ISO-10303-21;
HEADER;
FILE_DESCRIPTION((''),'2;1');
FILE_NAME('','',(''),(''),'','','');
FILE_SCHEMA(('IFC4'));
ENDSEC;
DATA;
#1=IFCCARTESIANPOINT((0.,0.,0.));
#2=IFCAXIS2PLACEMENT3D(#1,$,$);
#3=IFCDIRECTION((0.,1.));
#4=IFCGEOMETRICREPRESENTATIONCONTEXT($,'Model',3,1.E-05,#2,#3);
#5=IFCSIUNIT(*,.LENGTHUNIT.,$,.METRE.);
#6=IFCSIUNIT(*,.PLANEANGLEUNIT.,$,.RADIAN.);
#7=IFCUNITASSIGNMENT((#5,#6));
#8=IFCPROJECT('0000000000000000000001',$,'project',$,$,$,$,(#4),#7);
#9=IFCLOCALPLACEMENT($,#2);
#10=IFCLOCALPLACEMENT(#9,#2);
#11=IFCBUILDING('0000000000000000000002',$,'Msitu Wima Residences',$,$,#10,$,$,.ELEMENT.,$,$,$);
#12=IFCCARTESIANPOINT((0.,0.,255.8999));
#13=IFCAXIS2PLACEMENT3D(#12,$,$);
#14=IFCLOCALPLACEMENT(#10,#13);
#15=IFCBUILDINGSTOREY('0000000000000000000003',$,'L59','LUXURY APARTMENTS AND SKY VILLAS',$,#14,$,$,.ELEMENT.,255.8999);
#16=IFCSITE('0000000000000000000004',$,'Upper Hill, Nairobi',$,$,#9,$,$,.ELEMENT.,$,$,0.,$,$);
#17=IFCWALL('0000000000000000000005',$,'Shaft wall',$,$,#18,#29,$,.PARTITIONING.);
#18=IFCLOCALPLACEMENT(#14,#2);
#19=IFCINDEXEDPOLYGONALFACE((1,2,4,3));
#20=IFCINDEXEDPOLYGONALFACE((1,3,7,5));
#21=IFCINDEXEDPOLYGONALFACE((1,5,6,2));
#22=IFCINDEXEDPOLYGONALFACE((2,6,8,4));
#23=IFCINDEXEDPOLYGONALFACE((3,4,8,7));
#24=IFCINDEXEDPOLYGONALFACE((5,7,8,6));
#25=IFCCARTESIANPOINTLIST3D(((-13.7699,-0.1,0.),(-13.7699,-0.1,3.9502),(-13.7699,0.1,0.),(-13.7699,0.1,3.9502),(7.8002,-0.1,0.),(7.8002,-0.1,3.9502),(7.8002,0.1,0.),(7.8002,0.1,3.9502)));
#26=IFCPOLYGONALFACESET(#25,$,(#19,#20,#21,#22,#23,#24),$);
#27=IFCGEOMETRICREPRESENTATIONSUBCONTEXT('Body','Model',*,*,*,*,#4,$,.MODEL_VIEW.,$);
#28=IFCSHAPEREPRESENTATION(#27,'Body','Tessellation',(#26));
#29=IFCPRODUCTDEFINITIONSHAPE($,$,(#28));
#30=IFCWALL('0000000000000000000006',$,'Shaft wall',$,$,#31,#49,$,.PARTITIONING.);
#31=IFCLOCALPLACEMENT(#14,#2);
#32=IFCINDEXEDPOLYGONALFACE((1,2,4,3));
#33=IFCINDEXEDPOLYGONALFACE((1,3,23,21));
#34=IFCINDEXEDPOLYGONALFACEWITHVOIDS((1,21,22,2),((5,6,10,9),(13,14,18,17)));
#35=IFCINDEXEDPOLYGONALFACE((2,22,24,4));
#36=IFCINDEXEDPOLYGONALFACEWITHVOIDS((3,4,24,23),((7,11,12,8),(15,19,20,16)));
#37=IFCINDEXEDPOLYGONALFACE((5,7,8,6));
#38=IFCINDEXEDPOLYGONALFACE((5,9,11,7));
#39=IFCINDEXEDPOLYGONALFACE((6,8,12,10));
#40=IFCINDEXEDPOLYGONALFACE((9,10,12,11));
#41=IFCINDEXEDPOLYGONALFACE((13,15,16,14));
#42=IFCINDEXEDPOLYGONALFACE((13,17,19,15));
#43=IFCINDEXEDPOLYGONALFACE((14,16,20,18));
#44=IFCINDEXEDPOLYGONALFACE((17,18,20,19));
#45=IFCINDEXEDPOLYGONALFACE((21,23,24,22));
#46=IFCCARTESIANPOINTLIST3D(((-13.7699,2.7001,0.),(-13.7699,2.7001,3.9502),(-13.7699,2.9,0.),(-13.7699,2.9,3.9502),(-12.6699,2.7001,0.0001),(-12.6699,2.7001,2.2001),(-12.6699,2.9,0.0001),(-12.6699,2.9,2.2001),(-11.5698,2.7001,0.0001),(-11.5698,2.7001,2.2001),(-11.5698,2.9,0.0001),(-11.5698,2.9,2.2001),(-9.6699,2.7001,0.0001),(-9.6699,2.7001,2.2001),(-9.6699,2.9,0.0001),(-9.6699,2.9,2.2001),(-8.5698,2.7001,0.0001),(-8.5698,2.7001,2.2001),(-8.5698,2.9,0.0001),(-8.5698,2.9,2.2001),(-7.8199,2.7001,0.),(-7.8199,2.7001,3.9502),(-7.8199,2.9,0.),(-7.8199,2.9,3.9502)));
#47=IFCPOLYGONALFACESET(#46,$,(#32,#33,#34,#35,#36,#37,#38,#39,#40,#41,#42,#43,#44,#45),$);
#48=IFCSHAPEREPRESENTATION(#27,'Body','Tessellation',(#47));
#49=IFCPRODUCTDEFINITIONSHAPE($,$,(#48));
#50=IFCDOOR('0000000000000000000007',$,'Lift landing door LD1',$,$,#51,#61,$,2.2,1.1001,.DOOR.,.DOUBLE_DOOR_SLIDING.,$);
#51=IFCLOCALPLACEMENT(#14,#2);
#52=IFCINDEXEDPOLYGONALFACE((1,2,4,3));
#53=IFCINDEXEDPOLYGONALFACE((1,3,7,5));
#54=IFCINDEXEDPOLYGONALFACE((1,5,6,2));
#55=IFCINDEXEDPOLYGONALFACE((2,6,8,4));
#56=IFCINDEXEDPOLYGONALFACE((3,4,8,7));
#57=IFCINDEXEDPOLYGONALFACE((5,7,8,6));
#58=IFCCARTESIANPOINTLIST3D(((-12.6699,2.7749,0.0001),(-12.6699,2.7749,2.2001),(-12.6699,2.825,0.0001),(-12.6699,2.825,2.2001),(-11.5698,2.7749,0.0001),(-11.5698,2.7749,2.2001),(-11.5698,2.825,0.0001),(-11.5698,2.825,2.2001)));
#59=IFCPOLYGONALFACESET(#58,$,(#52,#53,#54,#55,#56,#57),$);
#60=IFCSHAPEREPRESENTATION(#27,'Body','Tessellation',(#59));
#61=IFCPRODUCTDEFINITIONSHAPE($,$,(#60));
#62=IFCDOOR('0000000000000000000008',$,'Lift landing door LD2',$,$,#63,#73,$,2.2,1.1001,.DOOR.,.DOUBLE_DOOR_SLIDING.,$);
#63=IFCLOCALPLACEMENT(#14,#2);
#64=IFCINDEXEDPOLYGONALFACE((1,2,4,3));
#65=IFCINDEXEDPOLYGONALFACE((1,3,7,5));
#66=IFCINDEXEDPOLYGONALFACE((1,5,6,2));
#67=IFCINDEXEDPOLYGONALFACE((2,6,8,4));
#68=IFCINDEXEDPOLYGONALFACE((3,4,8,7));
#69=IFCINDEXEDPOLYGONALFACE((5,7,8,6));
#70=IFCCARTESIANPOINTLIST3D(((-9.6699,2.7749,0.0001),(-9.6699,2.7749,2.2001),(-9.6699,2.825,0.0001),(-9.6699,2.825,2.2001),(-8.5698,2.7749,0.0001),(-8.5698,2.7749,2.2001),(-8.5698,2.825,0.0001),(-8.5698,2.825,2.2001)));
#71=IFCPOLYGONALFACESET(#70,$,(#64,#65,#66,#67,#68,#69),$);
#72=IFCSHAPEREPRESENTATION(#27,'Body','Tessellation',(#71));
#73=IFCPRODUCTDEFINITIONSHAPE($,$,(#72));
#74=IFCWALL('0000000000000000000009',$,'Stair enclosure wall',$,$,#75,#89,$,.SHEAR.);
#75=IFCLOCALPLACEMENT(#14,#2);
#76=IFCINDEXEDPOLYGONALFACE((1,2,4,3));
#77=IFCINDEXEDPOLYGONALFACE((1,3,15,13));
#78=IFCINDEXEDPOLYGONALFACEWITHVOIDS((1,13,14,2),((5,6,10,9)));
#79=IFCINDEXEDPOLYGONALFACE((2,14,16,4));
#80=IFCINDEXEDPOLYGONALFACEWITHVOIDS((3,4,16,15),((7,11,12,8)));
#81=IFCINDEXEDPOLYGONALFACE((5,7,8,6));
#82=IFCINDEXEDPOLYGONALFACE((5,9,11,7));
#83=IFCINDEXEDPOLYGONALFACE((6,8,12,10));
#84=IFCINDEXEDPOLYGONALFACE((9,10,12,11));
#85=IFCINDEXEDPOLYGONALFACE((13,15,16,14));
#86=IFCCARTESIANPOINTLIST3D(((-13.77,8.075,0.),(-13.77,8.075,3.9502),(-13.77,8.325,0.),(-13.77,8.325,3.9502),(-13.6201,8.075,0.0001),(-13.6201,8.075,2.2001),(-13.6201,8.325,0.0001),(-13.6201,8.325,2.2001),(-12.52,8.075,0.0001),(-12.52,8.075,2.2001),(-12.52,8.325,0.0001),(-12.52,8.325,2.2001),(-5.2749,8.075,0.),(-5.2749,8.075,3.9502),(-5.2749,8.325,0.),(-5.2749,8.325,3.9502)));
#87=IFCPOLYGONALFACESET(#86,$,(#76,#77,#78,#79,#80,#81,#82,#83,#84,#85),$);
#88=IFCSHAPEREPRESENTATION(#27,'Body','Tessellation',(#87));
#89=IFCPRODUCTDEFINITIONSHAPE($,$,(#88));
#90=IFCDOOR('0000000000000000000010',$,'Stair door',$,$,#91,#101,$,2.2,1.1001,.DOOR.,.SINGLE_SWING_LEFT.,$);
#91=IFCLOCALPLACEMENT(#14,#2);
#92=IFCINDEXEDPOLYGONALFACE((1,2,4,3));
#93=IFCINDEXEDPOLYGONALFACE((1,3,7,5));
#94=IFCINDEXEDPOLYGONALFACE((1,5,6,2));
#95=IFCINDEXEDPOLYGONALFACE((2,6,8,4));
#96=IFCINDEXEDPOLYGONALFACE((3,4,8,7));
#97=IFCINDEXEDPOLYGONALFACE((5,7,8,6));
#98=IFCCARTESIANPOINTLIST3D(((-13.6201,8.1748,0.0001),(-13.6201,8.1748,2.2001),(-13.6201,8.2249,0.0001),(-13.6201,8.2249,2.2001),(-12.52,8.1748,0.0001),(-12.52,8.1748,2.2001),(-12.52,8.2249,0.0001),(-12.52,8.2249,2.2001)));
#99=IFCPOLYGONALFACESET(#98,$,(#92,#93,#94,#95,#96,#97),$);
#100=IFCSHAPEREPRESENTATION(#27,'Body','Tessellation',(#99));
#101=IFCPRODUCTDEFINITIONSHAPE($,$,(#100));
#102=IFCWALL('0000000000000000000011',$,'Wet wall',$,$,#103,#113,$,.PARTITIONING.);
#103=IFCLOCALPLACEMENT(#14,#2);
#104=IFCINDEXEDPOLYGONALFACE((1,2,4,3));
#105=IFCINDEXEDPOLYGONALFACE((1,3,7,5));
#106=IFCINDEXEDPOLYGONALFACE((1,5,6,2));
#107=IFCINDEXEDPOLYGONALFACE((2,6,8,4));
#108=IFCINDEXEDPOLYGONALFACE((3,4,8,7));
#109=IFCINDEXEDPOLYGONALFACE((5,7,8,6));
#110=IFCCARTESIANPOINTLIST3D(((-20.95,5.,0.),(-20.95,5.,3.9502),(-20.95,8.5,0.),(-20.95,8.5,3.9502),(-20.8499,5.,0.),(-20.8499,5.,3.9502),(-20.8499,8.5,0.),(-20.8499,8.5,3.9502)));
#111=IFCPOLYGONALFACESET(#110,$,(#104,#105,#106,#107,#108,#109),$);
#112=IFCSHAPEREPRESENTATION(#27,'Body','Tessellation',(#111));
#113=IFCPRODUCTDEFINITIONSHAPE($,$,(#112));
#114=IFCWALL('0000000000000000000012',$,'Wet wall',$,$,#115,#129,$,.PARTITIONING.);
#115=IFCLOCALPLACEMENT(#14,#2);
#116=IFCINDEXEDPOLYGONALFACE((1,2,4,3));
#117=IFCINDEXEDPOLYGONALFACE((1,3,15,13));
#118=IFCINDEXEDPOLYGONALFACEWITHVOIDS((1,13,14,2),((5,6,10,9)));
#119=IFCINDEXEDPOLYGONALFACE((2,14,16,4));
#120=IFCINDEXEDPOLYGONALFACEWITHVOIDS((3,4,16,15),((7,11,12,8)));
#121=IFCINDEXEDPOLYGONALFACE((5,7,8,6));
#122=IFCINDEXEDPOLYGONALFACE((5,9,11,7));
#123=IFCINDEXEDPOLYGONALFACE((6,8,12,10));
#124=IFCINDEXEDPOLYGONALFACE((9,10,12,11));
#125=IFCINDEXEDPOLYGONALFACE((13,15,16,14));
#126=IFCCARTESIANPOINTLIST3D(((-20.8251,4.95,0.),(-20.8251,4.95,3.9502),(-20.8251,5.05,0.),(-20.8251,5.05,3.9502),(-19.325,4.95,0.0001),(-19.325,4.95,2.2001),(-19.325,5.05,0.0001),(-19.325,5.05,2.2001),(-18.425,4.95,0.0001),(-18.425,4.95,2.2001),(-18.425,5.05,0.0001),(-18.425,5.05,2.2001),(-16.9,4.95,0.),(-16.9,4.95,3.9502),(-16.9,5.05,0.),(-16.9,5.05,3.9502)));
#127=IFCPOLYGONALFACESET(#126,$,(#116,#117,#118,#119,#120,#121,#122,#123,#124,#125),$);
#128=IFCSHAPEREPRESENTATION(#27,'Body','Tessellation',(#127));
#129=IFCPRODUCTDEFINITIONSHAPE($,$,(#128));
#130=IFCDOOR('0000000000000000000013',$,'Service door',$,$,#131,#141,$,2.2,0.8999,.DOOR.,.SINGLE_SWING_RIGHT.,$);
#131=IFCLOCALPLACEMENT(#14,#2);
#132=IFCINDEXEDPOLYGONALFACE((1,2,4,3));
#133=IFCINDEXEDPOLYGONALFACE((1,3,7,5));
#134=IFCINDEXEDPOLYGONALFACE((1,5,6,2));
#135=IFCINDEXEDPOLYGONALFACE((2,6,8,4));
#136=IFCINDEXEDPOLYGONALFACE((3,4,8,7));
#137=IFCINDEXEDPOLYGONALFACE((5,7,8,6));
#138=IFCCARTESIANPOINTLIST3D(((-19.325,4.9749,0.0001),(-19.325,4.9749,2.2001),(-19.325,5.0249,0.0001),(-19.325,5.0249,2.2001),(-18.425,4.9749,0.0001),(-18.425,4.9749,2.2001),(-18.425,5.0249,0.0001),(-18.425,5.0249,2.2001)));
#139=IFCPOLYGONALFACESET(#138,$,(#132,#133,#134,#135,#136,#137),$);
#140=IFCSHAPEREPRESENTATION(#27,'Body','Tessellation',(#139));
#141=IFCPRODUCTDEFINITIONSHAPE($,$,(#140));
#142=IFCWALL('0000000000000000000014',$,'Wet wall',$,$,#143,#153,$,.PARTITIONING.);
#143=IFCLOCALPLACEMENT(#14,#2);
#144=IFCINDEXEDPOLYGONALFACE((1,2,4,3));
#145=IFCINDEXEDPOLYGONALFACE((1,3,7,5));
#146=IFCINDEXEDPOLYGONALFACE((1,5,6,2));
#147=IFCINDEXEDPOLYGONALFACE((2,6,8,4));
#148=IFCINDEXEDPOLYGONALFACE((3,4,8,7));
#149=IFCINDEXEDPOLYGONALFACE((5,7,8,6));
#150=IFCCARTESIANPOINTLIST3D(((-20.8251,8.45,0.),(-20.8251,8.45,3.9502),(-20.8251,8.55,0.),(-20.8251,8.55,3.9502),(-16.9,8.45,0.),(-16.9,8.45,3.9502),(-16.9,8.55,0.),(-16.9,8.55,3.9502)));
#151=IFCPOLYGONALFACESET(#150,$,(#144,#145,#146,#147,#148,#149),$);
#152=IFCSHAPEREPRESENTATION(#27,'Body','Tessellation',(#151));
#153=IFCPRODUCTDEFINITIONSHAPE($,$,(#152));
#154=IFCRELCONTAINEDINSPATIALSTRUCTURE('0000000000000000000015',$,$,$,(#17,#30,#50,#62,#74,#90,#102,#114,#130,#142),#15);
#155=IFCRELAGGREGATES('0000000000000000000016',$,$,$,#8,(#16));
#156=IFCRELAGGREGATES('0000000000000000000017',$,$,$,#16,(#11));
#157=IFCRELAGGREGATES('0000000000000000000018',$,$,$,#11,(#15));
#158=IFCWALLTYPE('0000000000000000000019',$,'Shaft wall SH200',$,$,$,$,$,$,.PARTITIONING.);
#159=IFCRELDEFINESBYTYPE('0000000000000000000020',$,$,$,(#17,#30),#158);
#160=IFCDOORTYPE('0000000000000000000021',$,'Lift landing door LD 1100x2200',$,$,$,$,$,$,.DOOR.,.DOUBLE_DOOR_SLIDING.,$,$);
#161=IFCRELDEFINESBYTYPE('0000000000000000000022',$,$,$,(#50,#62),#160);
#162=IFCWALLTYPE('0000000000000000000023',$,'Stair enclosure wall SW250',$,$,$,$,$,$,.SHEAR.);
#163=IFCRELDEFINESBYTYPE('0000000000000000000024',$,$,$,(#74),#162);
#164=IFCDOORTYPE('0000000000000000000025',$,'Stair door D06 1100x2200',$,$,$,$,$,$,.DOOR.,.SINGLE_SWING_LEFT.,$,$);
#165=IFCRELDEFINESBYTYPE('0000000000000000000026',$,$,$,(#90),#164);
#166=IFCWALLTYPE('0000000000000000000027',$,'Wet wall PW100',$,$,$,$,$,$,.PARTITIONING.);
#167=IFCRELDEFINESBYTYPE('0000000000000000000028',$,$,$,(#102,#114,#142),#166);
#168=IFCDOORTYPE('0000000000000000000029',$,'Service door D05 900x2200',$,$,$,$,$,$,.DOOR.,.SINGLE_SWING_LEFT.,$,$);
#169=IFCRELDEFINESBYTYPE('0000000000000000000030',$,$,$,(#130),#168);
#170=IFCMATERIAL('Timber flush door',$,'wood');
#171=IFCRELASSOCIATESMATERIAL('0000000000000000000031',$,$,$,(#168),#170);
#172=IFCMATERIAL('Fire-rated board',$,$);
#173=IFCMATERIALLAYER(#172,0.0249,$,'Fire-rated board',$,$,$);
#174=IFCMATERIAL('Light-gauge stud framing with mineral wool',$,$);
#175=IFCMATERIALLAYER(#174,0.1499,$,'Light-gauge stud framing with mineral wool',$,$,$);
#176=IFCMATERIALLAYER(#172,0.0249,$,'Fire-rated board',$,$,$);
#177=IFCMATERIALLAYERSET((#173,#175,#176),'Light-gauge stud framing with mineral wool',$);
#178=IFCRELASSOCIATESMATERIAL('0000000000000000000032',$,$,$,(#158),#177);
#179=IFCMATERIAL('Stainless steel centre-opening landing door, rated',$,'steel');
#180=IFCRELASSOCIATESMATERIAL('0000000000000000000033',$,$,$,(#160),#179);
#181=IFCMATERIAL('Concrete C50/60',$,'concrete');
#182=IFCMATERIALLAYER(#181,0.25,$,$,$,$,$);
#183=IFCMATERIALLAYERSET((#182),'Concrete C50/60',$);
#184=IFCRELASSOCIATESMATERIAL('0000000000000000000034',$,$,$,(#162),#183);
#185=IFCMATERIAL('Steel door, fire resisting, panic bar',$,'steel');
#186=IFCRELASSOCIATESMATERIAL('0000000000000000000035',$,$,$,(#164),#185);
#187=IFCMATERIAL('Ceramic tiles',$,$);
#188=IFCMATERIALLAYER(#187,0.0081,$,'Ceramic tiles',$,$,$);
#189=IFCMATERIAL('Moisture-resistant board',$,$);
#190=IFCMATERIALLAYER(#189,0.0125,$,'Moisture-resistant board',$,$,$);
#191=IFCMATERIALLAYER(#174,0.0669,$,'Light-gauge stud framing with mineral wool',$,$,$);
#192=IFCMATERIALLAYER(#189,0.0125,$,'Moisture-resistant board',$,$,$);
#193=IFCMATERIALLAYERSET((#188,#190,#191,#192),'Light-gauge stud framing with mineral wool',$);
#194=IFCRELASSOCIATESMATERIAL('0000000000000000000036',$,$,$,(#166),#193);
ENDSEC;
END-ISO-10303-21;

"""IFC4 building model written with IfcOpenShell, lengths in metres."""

from ifc_helpers import new_model, si_unit, direction, frame, frame_2d, origin, place, context, subcontext, project, spatial, rectangle, extrude, material, layer, layer_set, type_object, element, fill, save


model = new_model("IFC4")

# Units and contexts
model_context = context("Model", 3, precision=1e-05, world=origin(), true_north=direction((0.0, 1.0)))
body_context = subcontext(model_context, "Body", "Model", "MODEL_VIEW")
ifc_project = project(units=[si_unit("LENGTHUNIT", "METRE"), si_unit("PLANEANGLEUNIT", "RADIAN")], contexts=[model_context])

# Site, building, storey
site_placement = place(None, origin())
site = spatial("IfcSite", under=ifc_project, at=site_placement, Name="Upper Hill, Nairobi", CompositionType="ELEMENT", RefElevation=0.0)
building_placement = place(site_placement, origin())
building = spatial("IfcBuilding", under=site, at=building_placement, Name="Msitu Wima Residences", CompositionType="ELEMENT")
storey_placement = place(building_placement, frame((0.0, 0.0, 255.8999)))
storey = spatial("IfcBuildingStorey", under=building, at=storey_placement, Name="L59", Description="LUXURY APARTMENTS AND SKY VILLAS", CompositionType="ELEMENT", Elevation=255.8999)

# Shared definitions
ifc_material_1 = material(Name="Concrete C50/60", Category="concrete")

# Shared definitions
ifc_material_2 = material(Name="Timber flush door", Category="wood")
door_type_1 = type_object("IfcDoorType", Name="Service door D05 900x2200", OperationType="SINGLE_SWING_LEFT", PredefinedType="DOOR", material=ifc_material_2)

# Wall
ifc_material_3 = material(Name="Fire-rated board")
ifc_layer_1 = layer(ifc_material_3, 0.0249, Name="Fire-rated board")
ifc_material_4 = material(Name="Light-gauge stud framing with mineral wool")
ifc_layer_2 = layer(ifc_material_4, 0.1499, Name="Light-gauge stud framing with mineral wool")
ifc_layer_3 = layer(ifc_material_3, 0.0249, Name="Fire-rated board")
ifc_layer_set_1 = layer_set([ifc_layer_1, ifc_layer_2, ifc_layer_3], Name="Light-gauge stud framing with mineral wool")
wall_type_1 = type_object("IfcWallType", Name="Shaft wall SH200", PredefinedType="PARTITIONING", material=ifc_layer_set_1)
wall_1_placement = place(storey_placement, frame((-13.77, 0.0, 0.0), z_axis=(0.0, 0.0, 1.0), x_axis=(1.0, 0.0, 0.0)))
element("IfcWall", 1, at=wall_1_placement, inside=storey, type_object=wall_type_1, Name="Shaft wall", PredefinedType="PARTITIONING", context=body_context, shape_type="SweptSolid", body=[
    extrude(rectangle(XDim=21.5701, YDim=0.2, at=frame_2d((10.7852, 0.0))), origin(), (0.0, 0.0, 1.0), 3.9502),
])

# Wall, openings, doors
wall_2_placement = place(storey_placement, frame((-13.77, 2.8, 0.0), z_axis=(0.0, 0.0, 1.0), x_axis=(1.0, 0.0, 0.0)))
wall_2 = element("IfcWall", 2, at=wall_2_placement, inside=storey, type_object=wall_type_1, Name="Shaft wall", PredefinedType="PARTITIONING", context=body_context, shape_type="SweptSolid", body=[
    extrude(rectangle(XDim=5.95, YDim=0.2, at=frame_2d((2.9751, 0.0))), origin(), (0.0, 0.0, 1.0), 3.9502),
])
opening_1_placement = place(wall_2_placement, frame((1.1001, 0.0, 0.0)))
opening_1 = element("IfcOpeningElement", 3, at=opening_1_placement, cuts=wall_2, PredefinedType="OPENING", context=body_context, shape_type="SweptSolid", body=[
    extrude(rectangle(XDim=1.1001, YDim=2.2, at=frame_2d((0.55, 1.1001))), frame((0.0, 0.1099, 0.0), z_axis=(0.0, -1.0, 0.0), x_axis=(1.0, 0.0, 0.0)), (0.0, 0.0, 1.0), 0.22),
])
opening_2_placement = place(wall_2_placement, frame((4.1001, 0.0, 0.0)))
opening_2 = element("IfcOpeningElement", 4, at=opening_2_placement, cuts=wall_2, PredefinedType="OPENING", context=body_context, shape_type="SweptSolid", body=[
    extrude(rectangle(XDim=1.1001, YDim=2.2, at=frame_2d((0.55, 1.1001))), frame((0.0, 0.1099, 0.0), z_axis=(0.0, -1.0, 0.0), x_axis=(1.0, 0.0, 0.0)), (0.0, 0.0, 1.0), 0.22),
])
ifc_material_5 = material(Name="Stainless steel centre-opening landing door, rated", Category="steel")
door_type_2 = type_object("IfcDoorType", Name="Lift landing door LD 1100x2200", OperationType="DOUBLE_DOOR_SLIDING", PredefinedType="DOOR", material=ifc_material_5)
door_1_placement = place(opening_1_placement, origin())
door_1 = element("IfcDoor", 5, at=door_1_placement, inside=storey, type_object=door_type_2, Name="Lift landing door LD1", OperationType="DOUBLE_DOOR_SLIDING", OverallHeight=2.2, OverallWidth=1.1001, PredefinedType="DOOR", context=body_context, shape_type="SweptSolid", body=[
    extrude(rectangle(XDim=1.1001, YDim=2.2, at=frame_2d((0.55, 1.1001))), frame((0.0, 0.0249, 0.0), z_axis=(0.0, -1.0, 0.0), x_axis=(1.0, 0.0, 0.0)), (0.0, 0.0, 1.0), 0.05),
])
fill(opening_1, door_1)
door_2_placement = place(opening_2_placement, origin())
door_2 = element("IfcDoor", 6, at=door_2_placement, inside=storey, type_object=door_type_2, Name="Lift landing door LD2", OperationType="DOUBLE_DOOR_SLIDING", OverallHeight=2.2, OverallWidth=1.1001, PredefinedType="DOOR", context=body_context, shape_type="SweptSolid", body=[
    extrude(rectangle(XDim=1.1001, YDim=2.2, at=frame_2d((0.55, 1.1001))), frame((0.0, 0.0249, 0.0), z_axis=(0.0, -1.0, 0.0), x_axis=(1.0, 0.0, 0.0)), (0.0, 0.0, 1.0), 0.05),
])
fill(opening_2, door_2)

# Wall, opening, door
ifc_layer_4 = layer(ifc_material_1, 0.25)
ifc_layer_set_2 = layer_set([ifc_layer_4], Name="Concrete C50/60")
wall_type_2 = type_object("IfcWallType", Name="Stair enclosure wall SW250", PredefinedType="SHEAR", material=ifc_layer_set_2)
wall_3_placement = place(storey_placement, frame((-13.77, 8.2, 0.0), z_axis=(0.0, 0.0, 1.0), x_axis=(1.0, 0.0, 0.0)))
wall_3 = element("IfcWall", 7, at=wall_3_placement, inside=storey, type_object=wall_type_2, Name="Stair enclosure wall", PredefinedType="SHEAR", context=body_context, shape_type="SweptSolid", body=[
    extrude(rectangle(XDim=8.4951, YDim=0.25, at=frame_2d((4.2476, 0.0))), origin(), (0.0, 0.0, 1.0), 3.9502),
])
opening_3_placement = place(wall_3_placement, frame((0.1499, 0.0, 0.0)))
opening_3 = element("IfcOpeningElement", 8, at=opening_3_placement, cuts=wall_3, PredefinedType="OPENING", context=body_context, shape_type="SweptSolid", body=[
    extrude(rectangle(XDim=1.1001, YDim=2.2, at=frame_2d((0.55, 1.1001))), frame((0.0, 0.135, 0.0), z_axis=(0.0, -1.0, 0.0), x_axis=(1.0, 0.0, 0.0)), (0.0, 0.0, 1.0), 0.27),
])
ifc_material_6 = material(Name="Steel door, fire resisting, panic bar", Category="steel")
door_type_3 = type_object("IfcDoorType", Name="Stair door D06 1100x2200", OperationType="SINGLE_SWING_LEFT", PredefinedType="DOOR", material=ifc_material_6)
door_3_placement = place(opening_3_placement, origin())
door_3 = element("IfcDoor", 9, at=door_3_placement, inside=storey, type_object=door_type_3, Name="Stair door", OperationType="SINGLE_SWING_LEFT", OverallHeight=2.2, OverallWidth=1.1001, PredefinedType="DOOR", context=body_context, shape_type="SweptSolid", body=[
    extrude(rectangle(XDim=1.1001, YDim=2.2, at=frame_2d((0.55, 1.1001))), frame((0.0, 0.0249, 0.0), z_axis=(0.0, -1.0, 0.0), x_axis=(1.0, 0.0, 0.0)), (0.0, 0.0, 1.0), 0.05),
])
fill(opening_3, door_3)

# Wall
ifc_material_7 = material(Name="Ceramic tiles")
ifc_layer_5 = layer(ifc_material_7, 0.0081, Name="Ceramic tiles")
ifc_material_8 = material(Name="Moisture-resistant board")
ifc_layer_6 = layer(ifc_material_8, 0.0125, Name="Moisture-resistant board")
ifc_layer_7 = layer(ifc_material_4, 0.0669, Name="Light-gauge stud framing with mineral wool")
ifc_layer_8 = layer(ifc_material_8, 0.0125, Name="Moisture-resistant board")
ifc_layer_set_3 = layer_set([ifc_layer_5, ifc_layer_6, ifc_layer_7, ifc_layer_8], Name="Light-gauge stud framing with mineral wool")
wall_type_3 = type_object("IfcWallType", Name="Wet wall PW100", PredefinedType="PARTITIONING", material=ifc_layer_set_3)
wall_4_placement = place(storey_placement, frame((-20.8999, 5.0, 0.0), z_axis=(0.0, 0.0, 1.0), x_axis=(0.0, 1.0, 0.0)))
element("IfcWall", 10, at=wall_4_placement, inside=storey, type_object=wall_type_3, Name="Wet wall", PredefinedType="PARTITIONING", context=body_context, shape_type="SweptSolid", body=[
    extrude(rectangle(XDim=3.5, YDim=0.1001, at=frame_2d((1.75, 0.0))), origin(), (0.0, 0.0, 1.0), 3.9502),
])

# Wall, opening, door
wall_5_placement = place(storey_placement, frame((-20.825, 5.0, 0.0), z_axis=(0.0, 0.0, 1.0), x_axis=(1.0, 0.0, 0.0)))
wall_5 = element("IfcWall", 11, at=wall_5_placement, inside=storey, type_object=wall_type_3, Name="Wet wall", PredefinedType="PARTITIONING", context=body_context, shape_type="SweptSolid", body=[
    extrude(rectangle(XDim=3.925, YDim=0.1001, at=frame_2d((1.9624, 0.0))), origin(), (0.0, 0.0, 1.0), 3.9502),
])
opening_4_placement = place(wall_5_placement, frame((1.5, 0.0, 0.0)))
opening_4 = element("IfcOpeningElement", 12, at=opening_4_placement, cuts=wall_5, PredefinedType="OPENING", context=body_context, shape_type="SweptSolid", body=[
    extrude(rectangle(XDim=0.8999, YDim=2.2, at=frame_2d((0.45, 1.1001))), frame((0.0, 0.0601, 0.0), z_axis=(0.0, -1.0, 0.0), x_axis=(1.0, 0.0, 0.0)), (0.0, 0.0, 1.0), 0.1201),
])
door_4_placement = place(opening_4_placement, origin())
door_4 = element("IfcDoor", 13, at=door_4_placement, inside=storey, type_object=door_type_1, Name="Service door", OperationType="SINGLE_SWING_RIGHT", OverallHeight=2.2, OverallWidth=0.8999, PredefinedType="DOOR", context=body_context, shape_type="SweptSolid", body=[
    extrude(rectangle(XDim=0.8999, YDim=2.2, at=frame_2d((0.45, 1.1001))), frame((0.0, 0.0249, 0.0), z_axis=(0.0, -1.0, 0.0), x_axis=(1.0, 0.0, 0.0)), (0.0, 0.0, 1.0), 0.05),
])
fill(opening_4, door_4)

# Wall
wall_6_placement = place(storey_placement, frame((-20.825, 8.5, 0.0), z_axis=(0.0, 0.0, 1.0), x_axis=(1.0, 0.0, 0.0)))
element("IfcWall", 14, at=wall_6_placement, inside=storey, type_object=wall_type_3, Name="Wet wall", PredefinedType="PARTITIONING", context=body_context, shape_type="SweptSolid", body=[
    extrude(rectangle(XDim=3.925, YDim=0.1001, at=frame_2d((1.9624, 0.0))), origin(), (0.0, 0.0, 1.0), 3.9502),
])

save(model, "model.ifc")
